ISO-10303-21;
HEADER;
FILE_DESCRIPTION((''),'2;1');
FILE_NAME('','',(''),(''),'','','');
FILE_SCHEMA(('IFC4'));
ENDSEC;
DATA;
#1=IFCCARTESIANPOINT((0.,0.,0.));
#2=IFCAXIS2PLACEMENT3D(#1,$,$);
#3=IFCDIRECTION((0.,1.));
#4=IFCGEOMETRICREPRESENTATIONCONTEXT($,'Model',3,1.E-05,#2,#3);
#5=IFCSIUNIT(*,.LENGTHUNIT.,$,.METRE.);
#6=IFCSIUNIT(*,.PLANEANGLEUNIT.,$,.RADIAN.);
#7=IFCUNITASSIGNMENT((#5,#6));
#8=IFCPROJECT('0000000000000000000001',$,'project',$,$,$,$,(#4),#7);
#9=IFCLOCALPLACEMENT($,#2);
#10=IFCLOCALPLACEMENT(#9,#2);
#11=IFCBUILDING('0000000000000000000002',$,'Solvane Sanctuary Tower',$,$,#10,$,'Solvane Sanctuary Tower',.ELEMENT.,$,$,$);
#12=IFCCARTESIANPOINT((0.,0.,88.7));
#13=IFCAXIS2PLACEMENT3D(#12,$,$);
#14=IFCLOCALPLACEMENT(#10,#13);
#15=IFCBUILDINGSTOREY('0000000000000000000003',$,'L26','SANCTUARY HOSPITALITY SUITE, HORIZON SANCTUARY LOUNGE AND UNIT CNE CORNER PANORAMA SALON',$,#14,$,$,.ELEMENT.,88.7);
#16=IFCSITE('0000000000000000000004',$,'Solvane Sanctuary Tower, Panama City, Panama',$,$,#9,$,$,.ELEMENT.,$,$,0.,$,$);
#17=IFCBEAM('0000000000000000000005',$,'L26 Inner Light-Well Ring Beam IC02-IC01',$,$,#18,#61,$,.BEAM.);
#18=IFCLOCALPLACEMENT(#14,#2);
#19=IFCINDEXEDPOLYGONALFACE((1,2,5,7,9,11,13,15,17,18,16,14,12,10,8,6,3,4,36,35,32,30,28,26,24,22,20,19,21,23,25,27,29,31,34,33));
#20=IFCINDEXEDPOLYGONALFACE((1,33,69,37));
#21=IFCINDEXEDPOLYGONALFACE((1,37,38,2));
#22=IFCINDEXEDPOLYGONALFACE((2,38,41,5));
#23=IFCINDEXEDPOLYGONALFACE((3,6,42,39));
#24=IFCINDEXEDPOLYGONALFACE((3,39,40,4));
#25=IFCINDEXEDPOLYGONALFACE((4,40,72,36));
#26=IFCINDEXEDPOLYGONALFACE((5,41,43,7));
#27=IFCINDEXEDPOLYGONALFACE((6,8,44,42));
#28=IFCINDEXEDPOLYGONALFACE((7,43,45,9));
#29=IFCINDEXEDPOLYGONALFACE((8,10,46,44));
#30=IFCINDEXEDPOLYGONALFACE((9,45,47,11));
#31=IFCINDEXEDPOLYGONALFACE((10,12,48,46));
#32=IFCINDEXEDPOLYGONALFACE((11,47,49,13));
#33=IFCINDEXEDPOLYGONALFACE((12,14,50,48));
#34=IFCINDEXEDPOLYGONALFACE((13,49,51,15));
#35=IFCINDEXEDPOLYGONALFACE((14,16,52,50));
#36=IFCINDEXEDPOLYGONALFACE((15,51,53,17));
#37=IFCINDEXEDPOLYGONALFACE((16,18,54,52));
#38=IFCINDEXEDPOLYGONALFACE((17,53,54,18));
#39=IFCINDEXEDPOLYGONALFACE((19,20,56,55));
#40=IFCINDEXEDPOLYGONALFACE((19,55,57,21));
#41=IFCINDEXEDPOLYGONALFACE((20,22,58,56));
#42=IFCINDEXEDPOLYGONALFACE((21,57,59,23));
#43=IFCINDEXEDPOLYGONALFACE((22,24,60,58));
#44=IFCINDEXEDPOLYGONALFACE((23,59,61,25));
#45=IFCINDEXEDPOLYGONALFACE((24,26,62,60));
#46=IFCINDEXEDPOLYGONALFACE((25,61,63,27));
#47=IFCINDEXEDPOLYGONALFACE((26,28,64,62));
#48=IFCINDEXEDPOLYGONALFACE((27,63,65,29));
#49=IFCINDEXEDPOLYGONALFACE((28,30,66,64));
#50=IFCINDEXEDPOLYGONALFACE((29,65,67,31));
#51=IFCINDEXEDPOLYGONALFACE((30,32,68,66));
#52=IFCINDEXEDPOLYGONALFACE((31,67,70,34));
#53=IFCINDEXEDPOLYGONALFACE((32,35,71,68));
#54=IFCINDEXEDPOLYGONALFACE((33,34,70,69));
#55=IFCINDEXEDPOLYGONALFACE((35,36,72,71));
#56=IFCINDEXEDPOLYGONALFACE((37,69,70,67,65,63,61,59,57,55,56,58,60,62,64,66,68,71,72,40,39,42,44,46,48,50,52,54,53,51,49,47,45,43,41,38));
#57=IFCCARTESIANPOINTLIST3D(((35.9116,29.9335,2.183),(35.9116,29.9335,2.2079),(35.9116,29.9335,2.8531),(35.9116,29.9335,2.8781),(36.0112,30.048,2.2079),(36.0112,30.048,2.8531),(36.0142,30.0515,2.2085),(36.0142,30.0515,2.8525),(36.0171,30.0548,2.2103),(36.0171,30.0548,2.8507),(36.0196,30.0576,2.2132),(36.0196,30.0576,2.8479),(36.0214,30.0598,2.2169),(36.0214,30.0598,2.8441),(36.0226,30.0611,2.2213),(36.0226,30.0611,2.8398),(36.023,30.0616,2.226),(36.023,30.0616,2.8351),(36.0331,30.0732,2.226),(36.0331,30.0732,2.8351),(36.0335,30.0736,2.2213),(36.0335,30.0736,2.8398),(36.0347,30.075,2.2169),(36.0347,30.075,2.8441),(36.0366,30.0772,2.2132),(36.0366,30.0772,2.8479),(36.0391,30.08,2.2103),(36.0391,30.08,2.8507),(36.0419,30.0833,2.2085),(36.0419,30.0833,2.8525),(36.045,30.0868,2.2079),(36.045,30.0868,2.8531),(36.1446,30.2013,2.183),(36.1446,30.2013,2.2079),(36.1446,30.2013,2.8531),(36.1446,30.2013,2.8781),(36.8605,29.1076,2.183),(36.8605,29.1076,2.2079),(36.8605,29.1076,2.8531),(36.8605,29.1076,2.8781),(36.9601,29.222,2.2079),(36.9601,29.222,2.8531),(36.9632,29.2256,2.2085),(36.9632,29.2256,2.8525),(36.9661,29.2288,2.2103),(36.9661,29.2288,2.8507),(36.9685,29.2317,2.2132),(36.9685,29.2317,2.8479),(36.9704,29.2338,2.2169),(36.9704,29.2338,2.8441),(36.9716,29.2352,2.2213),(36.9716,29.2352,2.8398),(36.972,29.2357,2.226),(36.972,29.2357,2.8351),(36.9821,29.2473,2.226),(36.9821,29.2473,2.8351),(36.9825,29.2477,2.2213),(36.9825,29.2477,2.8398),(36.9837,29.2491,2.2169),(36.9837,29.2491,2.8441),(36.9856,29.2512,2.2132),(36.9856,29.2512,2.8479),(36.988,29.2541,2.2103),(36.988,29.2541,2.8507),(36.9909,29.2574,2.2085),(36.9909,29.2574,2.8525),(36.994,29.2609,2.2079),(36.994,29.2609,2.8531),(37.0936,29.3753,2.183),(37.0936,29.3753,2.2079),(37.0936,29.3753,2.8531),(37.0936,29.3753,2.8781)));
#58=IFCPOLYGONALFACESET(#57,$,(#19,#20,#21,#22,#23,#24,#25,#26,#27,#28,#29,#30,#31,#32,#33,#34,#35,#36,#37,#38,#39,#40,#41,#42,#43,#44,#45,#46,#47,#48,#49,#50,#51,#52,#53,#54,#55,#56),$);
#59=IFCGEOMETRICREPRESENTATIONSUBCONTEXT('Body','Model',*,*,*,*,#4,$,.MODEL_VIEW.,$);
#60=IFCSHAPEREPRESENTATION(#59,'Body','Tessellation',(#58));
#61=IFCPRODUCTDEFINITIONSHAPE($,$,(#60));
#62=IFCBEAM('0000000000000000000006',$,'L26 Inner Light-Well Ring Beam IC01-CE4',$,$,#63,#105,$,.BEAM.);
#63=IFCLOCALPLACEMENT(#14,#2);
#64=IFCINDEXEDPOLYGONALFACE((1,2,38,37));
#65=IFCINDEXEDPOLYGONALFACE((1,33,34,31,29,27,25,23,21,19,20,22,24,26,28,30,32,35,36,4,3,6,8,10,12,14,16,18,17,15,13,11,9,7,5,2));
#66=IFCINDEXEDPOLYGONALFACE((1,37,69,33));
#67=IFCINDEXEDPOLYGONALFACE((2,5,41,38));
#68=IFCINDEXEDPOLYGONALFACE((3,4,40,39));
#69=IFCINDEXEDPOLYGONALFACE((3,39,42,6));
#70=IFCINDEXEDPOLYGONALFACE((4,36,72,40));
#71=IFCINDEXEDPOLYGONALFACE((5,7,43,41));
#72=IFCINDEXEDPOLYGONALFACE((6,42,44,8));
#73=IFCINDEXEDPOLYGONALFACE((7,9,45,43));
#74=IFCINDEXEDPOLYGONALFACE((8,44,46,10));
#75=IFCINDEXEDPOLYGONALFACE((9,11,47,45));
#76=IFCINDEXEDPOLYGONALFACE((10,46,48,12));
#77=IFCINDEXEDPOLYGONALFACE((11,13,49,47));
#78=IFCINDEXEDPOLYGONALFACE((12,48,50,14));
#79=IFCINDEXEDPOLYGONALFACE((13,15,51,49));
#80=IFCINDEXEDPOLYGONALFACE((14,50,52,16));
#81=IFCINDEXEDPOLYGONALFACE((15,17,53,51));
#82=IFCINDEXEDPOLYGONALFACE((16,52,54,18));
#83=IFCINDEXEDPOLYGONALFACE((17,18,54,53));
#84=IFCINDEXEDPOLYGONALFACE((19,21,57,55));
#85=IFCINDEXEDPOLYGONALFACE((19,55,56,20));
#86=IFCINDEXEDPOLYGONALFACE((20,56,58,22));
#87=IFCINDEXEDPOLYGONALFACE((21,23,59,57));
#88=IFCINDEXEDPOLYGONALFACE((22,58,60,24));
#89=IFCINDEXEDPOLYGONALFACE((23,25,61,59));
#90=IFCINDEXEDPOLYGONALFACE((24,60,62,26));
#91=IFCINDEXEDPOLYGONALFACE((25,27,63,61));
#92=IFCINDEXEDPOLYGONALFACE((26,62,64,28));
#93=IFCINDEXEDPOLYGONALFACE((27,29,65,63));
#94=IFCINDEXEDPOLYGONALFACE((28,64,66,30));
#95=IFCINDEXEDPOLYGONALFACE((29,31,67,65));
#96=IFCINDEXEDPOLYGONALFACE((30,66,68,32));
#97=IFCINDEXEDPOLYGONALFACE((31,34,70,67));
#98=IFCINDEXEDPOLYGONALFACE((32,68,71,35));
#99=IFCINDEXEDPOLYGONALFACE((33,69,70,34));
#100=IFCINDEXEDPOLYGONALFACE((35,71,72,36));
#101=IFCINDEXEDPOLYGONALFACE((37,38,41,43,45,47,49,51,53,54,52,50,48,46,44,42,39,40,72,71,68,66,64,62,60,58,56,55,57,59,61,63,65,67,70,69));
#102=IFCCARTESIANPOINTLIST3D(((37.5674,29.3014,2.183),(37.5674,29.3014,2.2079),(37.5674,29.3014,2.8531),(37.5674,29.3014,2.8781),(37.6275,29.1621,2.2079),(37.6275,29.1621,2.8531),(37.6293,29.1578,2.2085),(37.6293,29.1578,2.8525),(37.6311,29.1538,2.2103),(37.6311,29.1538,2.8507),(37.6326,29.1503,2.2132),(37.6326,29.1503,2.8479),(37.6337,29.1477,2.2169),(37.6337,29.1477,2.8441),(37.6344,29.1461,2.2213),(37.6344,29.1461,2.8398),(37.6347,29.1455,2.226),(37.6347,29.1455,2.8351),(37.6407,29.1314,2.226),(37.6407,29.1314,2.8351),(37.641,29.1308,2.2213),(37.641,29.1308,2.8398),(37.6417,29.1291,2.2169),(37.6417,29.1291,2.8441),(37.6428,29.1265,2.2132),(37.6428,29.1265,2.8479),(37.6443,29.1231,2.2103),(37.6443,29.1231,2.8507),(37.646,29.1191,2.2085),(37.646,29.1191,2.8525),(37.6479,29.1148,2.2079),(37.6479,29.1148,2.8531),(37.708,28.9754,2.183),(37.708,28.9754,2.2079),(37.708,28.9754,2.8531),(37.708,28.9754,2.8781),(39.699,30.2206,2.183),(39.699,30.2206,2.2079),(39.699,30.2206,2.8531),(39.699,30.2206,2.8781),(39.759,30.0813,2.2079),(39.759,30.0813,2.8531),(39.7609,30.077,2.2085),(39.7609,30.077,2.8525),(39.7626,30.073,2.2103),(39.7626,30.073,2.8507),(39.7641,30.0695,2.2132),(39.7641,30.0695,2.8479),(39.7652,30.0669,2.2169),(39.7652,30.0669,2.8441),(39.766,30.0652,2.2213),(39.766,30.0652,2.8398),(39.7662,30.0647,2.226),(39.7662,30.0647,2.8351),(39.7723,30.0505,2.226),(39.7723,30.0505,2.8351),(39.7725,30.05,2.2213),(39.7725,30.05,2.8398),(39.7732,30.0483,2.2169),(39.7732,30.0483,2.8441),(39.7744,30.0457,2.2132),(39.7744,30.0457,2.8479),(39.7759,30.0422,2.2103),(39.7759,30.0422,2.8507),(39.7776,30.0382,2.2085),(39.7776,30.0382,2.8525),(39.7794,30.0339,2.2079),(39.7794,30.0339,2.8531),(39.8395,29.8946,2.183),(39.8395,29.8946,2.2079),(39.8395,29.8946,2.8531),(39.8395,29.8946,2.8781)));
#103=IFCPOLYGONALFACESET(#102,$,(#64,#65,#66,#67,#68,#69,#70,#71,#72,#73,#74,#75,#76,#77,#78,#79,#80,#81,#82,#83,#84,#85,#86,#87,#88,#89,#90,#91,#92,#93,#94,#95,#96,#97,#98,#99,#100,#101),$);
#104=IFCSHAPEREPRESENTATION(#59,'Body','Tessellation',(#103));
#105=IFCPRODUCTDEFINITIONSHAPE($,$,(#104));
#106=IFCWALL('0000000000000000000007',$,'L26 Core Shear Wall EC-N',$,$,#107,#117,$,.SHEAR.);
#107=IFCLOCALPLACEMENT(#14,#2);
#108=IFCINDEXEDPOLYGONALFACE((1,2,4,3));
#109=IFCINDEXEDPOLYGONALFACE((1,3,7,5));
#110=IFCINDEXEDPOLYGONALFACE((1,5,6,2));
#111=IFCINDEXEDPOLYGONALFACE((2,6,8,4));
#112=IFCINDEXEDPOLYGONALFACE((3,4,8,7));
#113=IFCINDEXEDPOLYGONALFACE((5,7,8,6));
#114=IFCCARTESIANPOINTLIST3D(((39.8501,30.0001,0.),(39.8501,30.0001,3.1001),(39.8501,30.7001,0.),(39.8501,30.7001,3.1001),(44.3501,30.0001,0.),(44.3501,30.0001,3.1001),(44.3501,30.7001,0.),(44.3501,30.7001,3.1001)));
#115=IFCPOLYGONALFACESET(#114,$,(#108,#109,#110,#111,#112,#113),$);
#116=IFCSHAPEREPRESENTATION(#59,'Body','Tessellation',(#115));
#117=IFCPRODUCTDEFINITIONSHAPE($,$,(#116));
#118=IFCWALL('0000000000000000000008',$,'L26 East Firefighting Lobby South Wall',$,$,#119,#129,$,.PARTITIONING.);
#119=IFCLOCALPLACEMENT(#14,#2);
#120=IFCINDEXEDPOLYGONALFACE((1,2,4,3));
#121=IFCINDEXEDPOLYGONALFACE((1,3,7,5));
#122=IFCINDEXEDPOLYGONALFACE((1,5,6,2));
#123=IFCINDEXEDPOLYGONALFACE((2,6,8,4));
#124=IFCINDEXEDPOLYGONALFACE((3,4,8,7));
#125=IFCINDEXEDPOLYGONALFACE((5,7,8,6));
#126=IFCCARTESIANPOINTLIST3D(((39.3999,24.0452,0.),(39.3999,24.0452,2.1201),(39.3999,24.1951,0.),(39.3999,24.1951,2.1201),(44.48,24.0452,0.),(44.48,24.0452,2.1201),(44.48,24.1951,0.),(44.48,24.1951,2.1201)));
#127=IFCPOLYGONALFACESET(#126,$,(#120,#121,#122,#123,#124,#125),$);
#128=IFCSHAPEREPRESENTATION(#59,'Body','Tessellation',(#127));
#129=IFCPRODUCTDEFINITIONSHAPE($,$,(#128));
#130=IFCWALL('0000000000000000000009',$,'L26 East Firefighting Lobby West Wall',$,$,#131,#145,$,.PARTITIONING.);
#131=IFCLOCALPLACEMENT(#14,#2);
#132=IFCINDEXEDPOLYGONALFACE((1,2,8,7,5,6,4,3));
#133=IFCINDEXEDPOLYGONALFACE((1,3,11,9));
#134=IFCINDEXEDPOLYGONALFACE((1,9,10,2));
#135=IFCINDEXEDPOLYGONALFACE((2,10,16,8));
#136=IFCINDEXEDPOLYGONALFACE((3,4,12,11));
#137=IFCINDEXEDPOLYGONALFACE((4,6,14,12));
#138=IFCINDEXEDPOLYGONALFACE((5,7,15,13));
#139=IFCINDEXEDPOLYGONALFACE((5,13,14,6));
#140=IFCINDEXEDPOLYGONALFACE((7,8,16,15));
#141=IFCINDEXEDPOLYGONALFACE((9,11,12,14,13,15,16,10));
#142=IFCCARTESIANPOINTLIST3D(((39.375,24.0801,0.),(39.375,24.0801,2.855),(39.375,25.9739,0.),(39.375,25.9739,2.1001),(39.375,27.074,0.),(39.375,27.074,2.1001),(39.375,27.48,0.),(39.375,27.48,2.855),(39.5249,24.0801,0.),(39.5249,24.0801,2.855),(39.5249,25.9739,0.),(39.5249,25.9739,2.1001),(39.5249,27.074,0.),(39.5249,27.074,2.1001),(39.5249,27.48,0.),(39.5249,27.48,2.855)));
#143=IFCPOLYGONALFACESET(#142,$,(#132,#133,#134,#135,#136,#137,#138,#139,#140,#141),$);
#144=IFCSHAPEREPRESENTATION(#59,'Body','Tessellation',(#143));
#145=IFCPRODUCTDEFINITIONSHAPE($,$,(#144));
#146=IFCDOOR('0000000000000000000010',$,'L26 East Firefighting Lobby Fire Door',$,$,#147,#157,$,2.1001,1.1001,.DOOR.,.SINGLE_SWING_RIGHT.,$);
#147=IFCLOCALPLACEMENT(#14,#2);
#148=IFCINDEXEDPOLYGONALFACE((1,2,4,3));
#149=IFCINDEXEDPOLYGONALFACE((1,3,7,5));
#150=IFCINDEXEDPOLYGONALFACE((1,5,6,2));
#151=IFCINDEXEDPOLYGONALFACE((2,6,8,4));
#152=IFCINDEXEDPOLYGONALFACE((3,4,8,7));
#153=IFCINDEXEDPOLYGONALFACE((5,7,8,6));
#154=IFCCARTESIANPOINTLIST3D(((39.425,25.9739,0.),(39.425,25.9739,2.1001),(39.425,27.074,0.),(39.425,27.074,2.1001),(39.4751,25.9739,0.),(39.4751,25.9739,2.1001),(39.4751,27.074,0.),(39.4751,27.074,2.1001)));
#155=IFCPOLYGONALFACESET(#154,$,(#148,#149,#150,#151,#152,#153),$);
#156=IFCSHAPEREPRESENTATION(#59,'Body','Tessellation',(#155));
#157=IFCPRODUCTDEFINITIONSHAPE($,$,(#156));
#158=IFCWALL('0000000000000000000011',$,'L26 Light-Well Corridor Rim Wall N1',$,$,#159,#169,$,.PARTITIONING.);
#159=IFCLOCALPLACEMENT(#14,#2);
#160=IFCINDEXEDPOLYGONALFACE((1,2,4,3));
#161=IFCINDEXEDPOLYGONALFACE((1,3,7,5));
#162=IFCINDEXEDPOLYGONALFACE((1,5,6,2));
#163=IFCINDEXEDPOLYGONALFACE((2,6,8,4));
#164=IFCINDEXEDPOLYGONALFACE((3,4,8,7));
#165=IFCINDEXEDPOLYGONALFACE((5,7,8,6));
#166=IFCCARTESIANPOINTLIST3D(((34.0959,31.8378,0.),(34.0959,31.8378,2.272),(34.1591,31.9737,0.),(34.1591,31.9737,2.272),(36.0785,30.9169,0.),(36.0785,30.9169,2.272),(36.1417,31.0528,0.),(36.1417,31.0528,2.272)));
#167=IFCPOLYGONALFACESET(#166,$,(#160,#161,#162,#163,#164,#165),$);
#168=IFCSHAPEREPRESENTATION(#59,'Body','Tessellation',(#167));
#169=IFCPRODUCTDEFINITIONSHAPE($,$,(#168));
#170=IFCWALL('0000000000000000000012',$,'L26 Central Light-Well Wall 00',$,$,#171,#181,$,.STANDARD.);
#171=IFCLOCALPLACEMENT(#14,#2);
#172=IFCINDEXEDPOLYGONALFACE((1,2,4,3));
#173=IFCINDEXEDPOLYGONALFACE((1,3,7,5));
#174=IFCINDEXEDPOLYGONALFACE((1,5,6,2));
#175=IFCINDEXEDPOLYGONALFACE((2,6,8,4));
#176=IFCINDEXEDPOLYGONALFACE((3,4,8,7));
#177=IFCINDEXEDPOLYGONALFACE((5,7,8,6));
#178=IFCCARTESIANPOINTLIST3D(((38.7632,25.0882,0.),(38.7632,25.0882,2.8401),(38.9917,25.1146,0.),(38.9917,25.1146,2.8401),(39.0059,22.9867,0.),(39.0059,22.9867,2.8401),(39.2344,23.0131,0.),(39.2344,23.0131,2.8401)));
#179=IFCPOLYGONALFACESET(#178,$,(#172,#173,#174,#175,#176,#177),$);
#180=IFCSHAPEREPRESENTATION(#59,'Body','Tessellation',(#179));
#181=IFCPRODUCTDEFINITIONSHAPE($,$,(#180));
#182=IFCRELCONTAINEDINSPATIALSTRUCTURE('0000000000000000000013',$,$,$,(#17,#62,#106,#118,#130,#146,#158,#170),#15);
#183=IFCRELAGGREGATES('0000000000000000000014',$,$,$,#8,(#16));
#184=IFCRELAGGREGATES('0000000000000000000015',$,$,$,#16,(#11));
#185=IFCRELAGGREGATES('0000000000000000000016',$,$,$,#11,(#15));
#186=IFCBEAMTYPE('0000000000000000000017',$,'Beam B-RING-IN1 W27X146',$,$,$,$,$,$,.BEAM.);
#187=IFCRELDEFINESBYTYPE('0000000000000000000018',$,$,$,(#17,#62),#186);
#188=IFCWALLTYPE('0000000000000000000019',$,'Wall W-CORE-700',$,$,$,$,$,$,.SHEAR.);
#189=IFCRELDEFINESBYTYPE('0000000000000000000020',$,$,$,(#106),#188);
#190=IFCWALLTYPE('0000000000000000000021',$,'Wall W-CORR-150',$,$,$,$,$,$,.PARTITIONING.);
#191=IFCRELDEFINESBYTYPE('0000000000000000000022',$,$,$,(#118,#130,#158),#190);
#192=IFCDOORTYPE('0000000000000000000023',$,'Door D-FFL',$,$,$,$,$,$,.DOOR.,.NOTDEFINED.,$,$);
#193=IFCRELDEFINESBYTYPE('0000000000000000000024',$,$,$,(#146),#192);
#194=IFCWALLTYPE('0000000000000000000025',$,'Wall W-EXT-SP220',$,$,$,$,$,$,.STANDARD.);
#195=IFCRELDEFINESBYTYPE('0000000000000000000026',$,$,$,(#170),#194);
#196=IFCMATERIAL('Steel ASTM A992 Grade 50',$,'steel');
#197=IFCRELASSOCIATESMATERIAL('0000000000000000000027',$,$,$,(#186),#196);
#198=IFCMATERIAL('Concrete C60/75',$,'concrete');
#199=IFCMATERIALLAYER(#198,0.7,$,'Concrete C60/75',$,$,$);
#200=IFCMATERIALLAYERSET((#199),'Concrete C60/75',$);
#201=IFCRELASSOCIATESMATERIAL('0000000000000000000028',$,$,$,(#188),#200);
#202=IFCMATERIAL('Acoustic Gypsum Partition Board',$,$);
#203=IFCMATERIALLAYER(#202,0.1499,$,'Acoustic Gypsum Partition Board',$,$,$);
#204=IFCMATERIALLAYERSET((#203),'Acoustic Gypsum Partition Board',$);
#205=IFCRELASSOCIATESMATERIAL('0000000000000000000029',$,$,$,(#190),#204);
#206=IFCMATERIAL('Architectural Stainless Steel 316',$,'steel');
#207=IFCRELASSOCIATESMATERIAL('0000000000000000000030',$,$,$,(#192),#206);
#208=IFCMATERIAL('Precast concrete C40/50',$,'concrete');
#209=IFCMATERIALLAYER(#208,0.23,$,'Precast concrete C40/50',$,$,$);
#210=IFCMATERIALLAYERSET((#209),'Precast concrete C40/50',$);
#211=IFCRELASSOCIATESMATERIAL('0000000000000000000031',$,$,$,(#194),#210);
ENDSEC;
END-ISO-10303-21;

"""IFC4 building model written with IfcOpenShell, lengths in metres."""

from ifc_helpers import new_model, si_unit, direction, frame, frame_2d, origin, origin_2d, place, context, subcontext, project, spatial, rectangle, i_section, extrude, material, layer, layer_set, material_profile, profile_set, type_object, element, fill, save


model = new_model("IFC4")

# Units and contexts
model_context = context("Model", 3, precision=1e-05, world=origin(), true_north=direction((0.0, 1.0)))
body_context = subcontext(model_context, "Body", "Model", "MODEL_VIEW")
ifc_project = project(units=[si_unit("LENGTHUNIT", "METRE"), si_unit("PLANEANGLEUNIT", "RADIAN")], contexts=[model_context])

# Site, building, storey
site_placement = place(None, origin())
site = spatial("IfcSite", under=ifc_project, at=site_placement, Name="Solvane Sanctuary Tower, Panama City, Panama", CompositionType="ELEMENT", RefElevation=0.0)
building_placement = place(site_placement, origin())
building = spatial("IfcBuilding", under=site, at=building_placement, Name="Solvane Sanctuary Tower", LongName="Solvane Sanctuary Tower", CompositionType="ELEMENT")
storey_placement = place(building_placement, frame((0.0, 0.0, 88.7)))
storey = spatial("IfcBuildingStorey", under=building, at=storey_placement, Name="L26", Description="SANCTUARY HOSPITALITY SUITE, HORIZON SANCTUARY LOUNGE AND UNIT CNE CORNER PANORAMA SALON", CompositionType="ELEMENT", Elevation=88.7)

# Shared definitions
ifc_material_1 = material(Name="Concrete C60/75", Category="concrete")

# Beams
ifc_material_2 = material(Name="Steel ASTM A992 Grade 50", Category="steel")
ifc_material_profile_1 = material_profile(ifc_material_2, i_section(OverallWidth=0.355, OverallDepth=0.6951, WebThickness=0.0154, FlangeThickness=0.0249, FilletRadius=0.0181, at=origin_2d()), Name="W27X146")
ifc_profile_set_1 = profile_set([ifc_material_profile_1], Name="Steel ASTM A992 Grade 50")
beam_type_1 = type_object("IfcBeamType", Name="Beam B-RING-IN1 W27X146", PredefinedType="BEAM", material=ifc_profile_set_1)
beam_1_placement = place(storey_placement, frame((36.0281, 30.0674, 2.5305), z_axis=(0.754317, -0.65651, 0.0), x_axis=(0.65651, 0.754317, 0.0)))
element("IfcBeam", 1, at=beam_1_placement, inside=storey, type_object=beam_type_1, Name="L26 Inner Light-Well Ring Beam IC02-IC01", PredefinedType="BEAM", context=body_context, shape_type="SweptSolid", body=[
    extrude(i_section(OverallWidth=0.355, OverallDepth=0.6951, WebThickness=0.0154, FlangeThickness=0.0249, FilletRadius=0.0181, at=origin_2d()), origin(), (0.0, 0.0, 1.0), 1.2581),
])
beam_2_placement = place(storey_placement, frame((37.6377, 29.1384, 2.5305), z_axis=(0.918261, 0.395975, 0.0), x_axis=(-0.395975, 0.918261, 0.0)))
element("IfcBeam", 2, at=beam_2_placement, inside=storey, type_object=beam_type_1, Name="L26 Inner Light-Well Ring Beam IC01-CE4", PredefinedType="BEAM", context=body_context, shape_type="SweptSolid", body=[
    extrude(i_section(OverallWidth=0.355, OverallDepth=0.6951, WebThickness=0.0154, FlangeThickness=0.0249, FilletRadius=0.0181, at=origin_2d()), origin(), (0.0, 0.0, 1.0), 2.3213),
])

# Walls
ifc_layer_1 = layer(ifc_material_1, 0.7, Name="Concrete C60/75")
ifc_layer_set_1 = layer_set([ifc_layer_1], Name="Concrete C60/75")
wall_type_1 = type_object("IfcWallType", Name="Wall W-CORE-700", PredefinedType="SHEAR", material=ifc_layer_set_1)
wall_1_placement = place(storey_placement, frame((39.8501, 30.3501, 0.0), z_axis=(0.0, 0.0, 1.0), x_axis=(1.0, 0.0, 0.0)))
element("IfcWall", 3, at=wall_1_placement, inside=storey, type_object=wall_type_1, Name="L26 Core Shear Wall EC-N", PredefinedType="SHEAR", context=body_context, shape_type="SweptSolid", body=[
    extrude(rectangle(XDim=4.5, YDim=0.7, at=frame_2d((2.25, 0.0))), origin(), (0.0, 0.0, 1.0), 3.1001),
])
ifc_material_3 = material(Name="Acoustic Gypsum Partition Board")
ifc_layer_2 = layer(ifc_material_3, 0.1499, Name="Acoustic Gypsum Partition Board")
ifc_layer_set_2 = layer_set([ifc_layer_2], Name="Acoustic Gypsum Partition Board")
wall_type_2 = type_object("IfcWallType", Name="Wall W-CORR-150", PredefinedType="PARTITIONING", material=ifc_layer_set_2)
wall_2_placement = place(storey_placement, frame((39.3999, 24.1201, 0.0), z_axis=(0.0, 0.0, 1.0), x_axis=(1.0, 0.0, 0.0)))
element("IfcWall", 4, at=wall_2_placement, inside=storey, type_object=wall_type_2, Name="L26 East Firefighting Lobby South Wall", PredefinedType="PARTITIONING", context=body_context, shape_type="SweptSolid", body=[
    extrude(rectangle(XDim=5.0801, YDim=0.1499, at=frame_2d((2.54, 0.0))), origin(), (0.0, 0.0, 1.0), 2.1201),
])

# Wall, opening, door
wall_3_placement = place(storey_placement, frame((39.45, 24.0801, 0.0), z_axis=(0.0, 0.0, 1.0), x_axis=(0.0, 1.0, 0.0)))
wall_3 = element("IfcWall", 5, at=wall_3_placement, inside=storey, type_object=wall_type_2, Name="L26 East Firefighting Lobby West Wall", PredefinedType="PARTITIONING", context=body_context, shape_type="SweptSolid", body=[
    extrude(rectangle(XDim=3.3999, YDim=0.1499, at=frame_2d((1.7, 0.0))), origin(), (0.0, 0.0, 1.0), 2.855),
])
opening_1_placement = place(wall_3_placement, frame((1.8938, 0.0, 0.0)))
opening_1 = element("IfcOpeningElement", 6, at=opening_1_placement, cuts=wall_3, PredefinedType="OPENING", context=body_context, shape_type="SweptSolid", body=[
    extrude(rectangle(XDim=1.1001, YDim=2.1001, at=frame_2d((0.55, 1.05))), frame((0.0, 0.085, 0.0), z_axis=(0.0, -1.0, 0.0), x_axis=(1.0, 0.0, 0.0)), (0.0, 0.0, 1.0), 0.1699),
])
ifc_material_4 = material(Name="Architectural Stainless Steel 316", Category="steel")
door_type = type_object("IfcDoorType", Name="Door D-FFL", OperationType="NOTDEFINED", PredefinedType="DOOR", material=ifc_material_4)
door_placement = place(opening_1_placement, origin())
door = element("IfcDoor", 7, at=door_placement, inside=storey, type_object=door_type, Name="L26 East Firefighting Lobby Fire Door", OperationType="SINGLE_SWING_RIGHT", OverallHeight=2.1001, OverallWidth=1.1001, PredefinedType="DOOR", context=body_context, shape_type="SweptSolid", body=[
    extrude(rectangle(XDim=1.1001, YDim=2.1001, at=frame_2d((0.55, 1.05))), frame((0.0, 0.0249, 0.0), z_axis=(0.0, -1.0, 0.0), x_axis=(1.0, 0.0, 0.0)), (0.0, 0.0, 1.0), 0.05),
])
fill(opening_1, door)

# Walls
wall_4_placement = place(storey_placement, frame((36.1101, 30.9849, 0.0), z_axis=(0.0, 0.0, 1.0), x_axis=(-0.906943, 0.421252, 0.0)))
element("IfcWall", 8, at=wall_4_placement, inside=storey, type_object=wall_type_2, Name="L26 Light-Well Corridor Rim Wall N1", PredefinedType="PARTITIONING", context=body_context, shape_type="SweptSolid", body=[
    extrude(rectangle(XDim=2.186, YDim=0.1499, at=frame_2d((1.093, 0.0))), origin(), (0.0, 0.0, 1.0), 2.272),
])
ifc_material_5 = material(Name="Precast concrete C40/50", Category="concrete")
ifc_layer_3 = layer(ifc_material_5, 0.23, Name="Precast concrete C40/50")
ifc_layer_set_3 = layer_set([ifc_layer_3], Name="Precast concrete C40/50")
wall_type_3 = type_object("IfcWallType", Name="Wall W-EXT-SP220", PredefinedType="STANDARD", material=ifc_layer_set_3)
wall_5_placement = place(storey_placement, frame((39.1201, 23.0, 0.0), z_axis=(0.0, 0.0, 1.0), x_axis=(-0.114712, 0.993399, 0.0)))
element("IfcWall", 9, at=wall_5_placement, inside=storey, type_object=wall_type_3, Name="L26 Central Light-Well Wall 00", PredefinedType="STANDARD", context=body_context, shape_type="SweptSolid", body=[
    extrude(rectangle(XDim=2.1155, YDim=0.23, at=frame_2d((1.0576, 0.0))), origin(), (0.0, 0.0, 1.0), 2.8401),
])

save(model, "model.ifc")
